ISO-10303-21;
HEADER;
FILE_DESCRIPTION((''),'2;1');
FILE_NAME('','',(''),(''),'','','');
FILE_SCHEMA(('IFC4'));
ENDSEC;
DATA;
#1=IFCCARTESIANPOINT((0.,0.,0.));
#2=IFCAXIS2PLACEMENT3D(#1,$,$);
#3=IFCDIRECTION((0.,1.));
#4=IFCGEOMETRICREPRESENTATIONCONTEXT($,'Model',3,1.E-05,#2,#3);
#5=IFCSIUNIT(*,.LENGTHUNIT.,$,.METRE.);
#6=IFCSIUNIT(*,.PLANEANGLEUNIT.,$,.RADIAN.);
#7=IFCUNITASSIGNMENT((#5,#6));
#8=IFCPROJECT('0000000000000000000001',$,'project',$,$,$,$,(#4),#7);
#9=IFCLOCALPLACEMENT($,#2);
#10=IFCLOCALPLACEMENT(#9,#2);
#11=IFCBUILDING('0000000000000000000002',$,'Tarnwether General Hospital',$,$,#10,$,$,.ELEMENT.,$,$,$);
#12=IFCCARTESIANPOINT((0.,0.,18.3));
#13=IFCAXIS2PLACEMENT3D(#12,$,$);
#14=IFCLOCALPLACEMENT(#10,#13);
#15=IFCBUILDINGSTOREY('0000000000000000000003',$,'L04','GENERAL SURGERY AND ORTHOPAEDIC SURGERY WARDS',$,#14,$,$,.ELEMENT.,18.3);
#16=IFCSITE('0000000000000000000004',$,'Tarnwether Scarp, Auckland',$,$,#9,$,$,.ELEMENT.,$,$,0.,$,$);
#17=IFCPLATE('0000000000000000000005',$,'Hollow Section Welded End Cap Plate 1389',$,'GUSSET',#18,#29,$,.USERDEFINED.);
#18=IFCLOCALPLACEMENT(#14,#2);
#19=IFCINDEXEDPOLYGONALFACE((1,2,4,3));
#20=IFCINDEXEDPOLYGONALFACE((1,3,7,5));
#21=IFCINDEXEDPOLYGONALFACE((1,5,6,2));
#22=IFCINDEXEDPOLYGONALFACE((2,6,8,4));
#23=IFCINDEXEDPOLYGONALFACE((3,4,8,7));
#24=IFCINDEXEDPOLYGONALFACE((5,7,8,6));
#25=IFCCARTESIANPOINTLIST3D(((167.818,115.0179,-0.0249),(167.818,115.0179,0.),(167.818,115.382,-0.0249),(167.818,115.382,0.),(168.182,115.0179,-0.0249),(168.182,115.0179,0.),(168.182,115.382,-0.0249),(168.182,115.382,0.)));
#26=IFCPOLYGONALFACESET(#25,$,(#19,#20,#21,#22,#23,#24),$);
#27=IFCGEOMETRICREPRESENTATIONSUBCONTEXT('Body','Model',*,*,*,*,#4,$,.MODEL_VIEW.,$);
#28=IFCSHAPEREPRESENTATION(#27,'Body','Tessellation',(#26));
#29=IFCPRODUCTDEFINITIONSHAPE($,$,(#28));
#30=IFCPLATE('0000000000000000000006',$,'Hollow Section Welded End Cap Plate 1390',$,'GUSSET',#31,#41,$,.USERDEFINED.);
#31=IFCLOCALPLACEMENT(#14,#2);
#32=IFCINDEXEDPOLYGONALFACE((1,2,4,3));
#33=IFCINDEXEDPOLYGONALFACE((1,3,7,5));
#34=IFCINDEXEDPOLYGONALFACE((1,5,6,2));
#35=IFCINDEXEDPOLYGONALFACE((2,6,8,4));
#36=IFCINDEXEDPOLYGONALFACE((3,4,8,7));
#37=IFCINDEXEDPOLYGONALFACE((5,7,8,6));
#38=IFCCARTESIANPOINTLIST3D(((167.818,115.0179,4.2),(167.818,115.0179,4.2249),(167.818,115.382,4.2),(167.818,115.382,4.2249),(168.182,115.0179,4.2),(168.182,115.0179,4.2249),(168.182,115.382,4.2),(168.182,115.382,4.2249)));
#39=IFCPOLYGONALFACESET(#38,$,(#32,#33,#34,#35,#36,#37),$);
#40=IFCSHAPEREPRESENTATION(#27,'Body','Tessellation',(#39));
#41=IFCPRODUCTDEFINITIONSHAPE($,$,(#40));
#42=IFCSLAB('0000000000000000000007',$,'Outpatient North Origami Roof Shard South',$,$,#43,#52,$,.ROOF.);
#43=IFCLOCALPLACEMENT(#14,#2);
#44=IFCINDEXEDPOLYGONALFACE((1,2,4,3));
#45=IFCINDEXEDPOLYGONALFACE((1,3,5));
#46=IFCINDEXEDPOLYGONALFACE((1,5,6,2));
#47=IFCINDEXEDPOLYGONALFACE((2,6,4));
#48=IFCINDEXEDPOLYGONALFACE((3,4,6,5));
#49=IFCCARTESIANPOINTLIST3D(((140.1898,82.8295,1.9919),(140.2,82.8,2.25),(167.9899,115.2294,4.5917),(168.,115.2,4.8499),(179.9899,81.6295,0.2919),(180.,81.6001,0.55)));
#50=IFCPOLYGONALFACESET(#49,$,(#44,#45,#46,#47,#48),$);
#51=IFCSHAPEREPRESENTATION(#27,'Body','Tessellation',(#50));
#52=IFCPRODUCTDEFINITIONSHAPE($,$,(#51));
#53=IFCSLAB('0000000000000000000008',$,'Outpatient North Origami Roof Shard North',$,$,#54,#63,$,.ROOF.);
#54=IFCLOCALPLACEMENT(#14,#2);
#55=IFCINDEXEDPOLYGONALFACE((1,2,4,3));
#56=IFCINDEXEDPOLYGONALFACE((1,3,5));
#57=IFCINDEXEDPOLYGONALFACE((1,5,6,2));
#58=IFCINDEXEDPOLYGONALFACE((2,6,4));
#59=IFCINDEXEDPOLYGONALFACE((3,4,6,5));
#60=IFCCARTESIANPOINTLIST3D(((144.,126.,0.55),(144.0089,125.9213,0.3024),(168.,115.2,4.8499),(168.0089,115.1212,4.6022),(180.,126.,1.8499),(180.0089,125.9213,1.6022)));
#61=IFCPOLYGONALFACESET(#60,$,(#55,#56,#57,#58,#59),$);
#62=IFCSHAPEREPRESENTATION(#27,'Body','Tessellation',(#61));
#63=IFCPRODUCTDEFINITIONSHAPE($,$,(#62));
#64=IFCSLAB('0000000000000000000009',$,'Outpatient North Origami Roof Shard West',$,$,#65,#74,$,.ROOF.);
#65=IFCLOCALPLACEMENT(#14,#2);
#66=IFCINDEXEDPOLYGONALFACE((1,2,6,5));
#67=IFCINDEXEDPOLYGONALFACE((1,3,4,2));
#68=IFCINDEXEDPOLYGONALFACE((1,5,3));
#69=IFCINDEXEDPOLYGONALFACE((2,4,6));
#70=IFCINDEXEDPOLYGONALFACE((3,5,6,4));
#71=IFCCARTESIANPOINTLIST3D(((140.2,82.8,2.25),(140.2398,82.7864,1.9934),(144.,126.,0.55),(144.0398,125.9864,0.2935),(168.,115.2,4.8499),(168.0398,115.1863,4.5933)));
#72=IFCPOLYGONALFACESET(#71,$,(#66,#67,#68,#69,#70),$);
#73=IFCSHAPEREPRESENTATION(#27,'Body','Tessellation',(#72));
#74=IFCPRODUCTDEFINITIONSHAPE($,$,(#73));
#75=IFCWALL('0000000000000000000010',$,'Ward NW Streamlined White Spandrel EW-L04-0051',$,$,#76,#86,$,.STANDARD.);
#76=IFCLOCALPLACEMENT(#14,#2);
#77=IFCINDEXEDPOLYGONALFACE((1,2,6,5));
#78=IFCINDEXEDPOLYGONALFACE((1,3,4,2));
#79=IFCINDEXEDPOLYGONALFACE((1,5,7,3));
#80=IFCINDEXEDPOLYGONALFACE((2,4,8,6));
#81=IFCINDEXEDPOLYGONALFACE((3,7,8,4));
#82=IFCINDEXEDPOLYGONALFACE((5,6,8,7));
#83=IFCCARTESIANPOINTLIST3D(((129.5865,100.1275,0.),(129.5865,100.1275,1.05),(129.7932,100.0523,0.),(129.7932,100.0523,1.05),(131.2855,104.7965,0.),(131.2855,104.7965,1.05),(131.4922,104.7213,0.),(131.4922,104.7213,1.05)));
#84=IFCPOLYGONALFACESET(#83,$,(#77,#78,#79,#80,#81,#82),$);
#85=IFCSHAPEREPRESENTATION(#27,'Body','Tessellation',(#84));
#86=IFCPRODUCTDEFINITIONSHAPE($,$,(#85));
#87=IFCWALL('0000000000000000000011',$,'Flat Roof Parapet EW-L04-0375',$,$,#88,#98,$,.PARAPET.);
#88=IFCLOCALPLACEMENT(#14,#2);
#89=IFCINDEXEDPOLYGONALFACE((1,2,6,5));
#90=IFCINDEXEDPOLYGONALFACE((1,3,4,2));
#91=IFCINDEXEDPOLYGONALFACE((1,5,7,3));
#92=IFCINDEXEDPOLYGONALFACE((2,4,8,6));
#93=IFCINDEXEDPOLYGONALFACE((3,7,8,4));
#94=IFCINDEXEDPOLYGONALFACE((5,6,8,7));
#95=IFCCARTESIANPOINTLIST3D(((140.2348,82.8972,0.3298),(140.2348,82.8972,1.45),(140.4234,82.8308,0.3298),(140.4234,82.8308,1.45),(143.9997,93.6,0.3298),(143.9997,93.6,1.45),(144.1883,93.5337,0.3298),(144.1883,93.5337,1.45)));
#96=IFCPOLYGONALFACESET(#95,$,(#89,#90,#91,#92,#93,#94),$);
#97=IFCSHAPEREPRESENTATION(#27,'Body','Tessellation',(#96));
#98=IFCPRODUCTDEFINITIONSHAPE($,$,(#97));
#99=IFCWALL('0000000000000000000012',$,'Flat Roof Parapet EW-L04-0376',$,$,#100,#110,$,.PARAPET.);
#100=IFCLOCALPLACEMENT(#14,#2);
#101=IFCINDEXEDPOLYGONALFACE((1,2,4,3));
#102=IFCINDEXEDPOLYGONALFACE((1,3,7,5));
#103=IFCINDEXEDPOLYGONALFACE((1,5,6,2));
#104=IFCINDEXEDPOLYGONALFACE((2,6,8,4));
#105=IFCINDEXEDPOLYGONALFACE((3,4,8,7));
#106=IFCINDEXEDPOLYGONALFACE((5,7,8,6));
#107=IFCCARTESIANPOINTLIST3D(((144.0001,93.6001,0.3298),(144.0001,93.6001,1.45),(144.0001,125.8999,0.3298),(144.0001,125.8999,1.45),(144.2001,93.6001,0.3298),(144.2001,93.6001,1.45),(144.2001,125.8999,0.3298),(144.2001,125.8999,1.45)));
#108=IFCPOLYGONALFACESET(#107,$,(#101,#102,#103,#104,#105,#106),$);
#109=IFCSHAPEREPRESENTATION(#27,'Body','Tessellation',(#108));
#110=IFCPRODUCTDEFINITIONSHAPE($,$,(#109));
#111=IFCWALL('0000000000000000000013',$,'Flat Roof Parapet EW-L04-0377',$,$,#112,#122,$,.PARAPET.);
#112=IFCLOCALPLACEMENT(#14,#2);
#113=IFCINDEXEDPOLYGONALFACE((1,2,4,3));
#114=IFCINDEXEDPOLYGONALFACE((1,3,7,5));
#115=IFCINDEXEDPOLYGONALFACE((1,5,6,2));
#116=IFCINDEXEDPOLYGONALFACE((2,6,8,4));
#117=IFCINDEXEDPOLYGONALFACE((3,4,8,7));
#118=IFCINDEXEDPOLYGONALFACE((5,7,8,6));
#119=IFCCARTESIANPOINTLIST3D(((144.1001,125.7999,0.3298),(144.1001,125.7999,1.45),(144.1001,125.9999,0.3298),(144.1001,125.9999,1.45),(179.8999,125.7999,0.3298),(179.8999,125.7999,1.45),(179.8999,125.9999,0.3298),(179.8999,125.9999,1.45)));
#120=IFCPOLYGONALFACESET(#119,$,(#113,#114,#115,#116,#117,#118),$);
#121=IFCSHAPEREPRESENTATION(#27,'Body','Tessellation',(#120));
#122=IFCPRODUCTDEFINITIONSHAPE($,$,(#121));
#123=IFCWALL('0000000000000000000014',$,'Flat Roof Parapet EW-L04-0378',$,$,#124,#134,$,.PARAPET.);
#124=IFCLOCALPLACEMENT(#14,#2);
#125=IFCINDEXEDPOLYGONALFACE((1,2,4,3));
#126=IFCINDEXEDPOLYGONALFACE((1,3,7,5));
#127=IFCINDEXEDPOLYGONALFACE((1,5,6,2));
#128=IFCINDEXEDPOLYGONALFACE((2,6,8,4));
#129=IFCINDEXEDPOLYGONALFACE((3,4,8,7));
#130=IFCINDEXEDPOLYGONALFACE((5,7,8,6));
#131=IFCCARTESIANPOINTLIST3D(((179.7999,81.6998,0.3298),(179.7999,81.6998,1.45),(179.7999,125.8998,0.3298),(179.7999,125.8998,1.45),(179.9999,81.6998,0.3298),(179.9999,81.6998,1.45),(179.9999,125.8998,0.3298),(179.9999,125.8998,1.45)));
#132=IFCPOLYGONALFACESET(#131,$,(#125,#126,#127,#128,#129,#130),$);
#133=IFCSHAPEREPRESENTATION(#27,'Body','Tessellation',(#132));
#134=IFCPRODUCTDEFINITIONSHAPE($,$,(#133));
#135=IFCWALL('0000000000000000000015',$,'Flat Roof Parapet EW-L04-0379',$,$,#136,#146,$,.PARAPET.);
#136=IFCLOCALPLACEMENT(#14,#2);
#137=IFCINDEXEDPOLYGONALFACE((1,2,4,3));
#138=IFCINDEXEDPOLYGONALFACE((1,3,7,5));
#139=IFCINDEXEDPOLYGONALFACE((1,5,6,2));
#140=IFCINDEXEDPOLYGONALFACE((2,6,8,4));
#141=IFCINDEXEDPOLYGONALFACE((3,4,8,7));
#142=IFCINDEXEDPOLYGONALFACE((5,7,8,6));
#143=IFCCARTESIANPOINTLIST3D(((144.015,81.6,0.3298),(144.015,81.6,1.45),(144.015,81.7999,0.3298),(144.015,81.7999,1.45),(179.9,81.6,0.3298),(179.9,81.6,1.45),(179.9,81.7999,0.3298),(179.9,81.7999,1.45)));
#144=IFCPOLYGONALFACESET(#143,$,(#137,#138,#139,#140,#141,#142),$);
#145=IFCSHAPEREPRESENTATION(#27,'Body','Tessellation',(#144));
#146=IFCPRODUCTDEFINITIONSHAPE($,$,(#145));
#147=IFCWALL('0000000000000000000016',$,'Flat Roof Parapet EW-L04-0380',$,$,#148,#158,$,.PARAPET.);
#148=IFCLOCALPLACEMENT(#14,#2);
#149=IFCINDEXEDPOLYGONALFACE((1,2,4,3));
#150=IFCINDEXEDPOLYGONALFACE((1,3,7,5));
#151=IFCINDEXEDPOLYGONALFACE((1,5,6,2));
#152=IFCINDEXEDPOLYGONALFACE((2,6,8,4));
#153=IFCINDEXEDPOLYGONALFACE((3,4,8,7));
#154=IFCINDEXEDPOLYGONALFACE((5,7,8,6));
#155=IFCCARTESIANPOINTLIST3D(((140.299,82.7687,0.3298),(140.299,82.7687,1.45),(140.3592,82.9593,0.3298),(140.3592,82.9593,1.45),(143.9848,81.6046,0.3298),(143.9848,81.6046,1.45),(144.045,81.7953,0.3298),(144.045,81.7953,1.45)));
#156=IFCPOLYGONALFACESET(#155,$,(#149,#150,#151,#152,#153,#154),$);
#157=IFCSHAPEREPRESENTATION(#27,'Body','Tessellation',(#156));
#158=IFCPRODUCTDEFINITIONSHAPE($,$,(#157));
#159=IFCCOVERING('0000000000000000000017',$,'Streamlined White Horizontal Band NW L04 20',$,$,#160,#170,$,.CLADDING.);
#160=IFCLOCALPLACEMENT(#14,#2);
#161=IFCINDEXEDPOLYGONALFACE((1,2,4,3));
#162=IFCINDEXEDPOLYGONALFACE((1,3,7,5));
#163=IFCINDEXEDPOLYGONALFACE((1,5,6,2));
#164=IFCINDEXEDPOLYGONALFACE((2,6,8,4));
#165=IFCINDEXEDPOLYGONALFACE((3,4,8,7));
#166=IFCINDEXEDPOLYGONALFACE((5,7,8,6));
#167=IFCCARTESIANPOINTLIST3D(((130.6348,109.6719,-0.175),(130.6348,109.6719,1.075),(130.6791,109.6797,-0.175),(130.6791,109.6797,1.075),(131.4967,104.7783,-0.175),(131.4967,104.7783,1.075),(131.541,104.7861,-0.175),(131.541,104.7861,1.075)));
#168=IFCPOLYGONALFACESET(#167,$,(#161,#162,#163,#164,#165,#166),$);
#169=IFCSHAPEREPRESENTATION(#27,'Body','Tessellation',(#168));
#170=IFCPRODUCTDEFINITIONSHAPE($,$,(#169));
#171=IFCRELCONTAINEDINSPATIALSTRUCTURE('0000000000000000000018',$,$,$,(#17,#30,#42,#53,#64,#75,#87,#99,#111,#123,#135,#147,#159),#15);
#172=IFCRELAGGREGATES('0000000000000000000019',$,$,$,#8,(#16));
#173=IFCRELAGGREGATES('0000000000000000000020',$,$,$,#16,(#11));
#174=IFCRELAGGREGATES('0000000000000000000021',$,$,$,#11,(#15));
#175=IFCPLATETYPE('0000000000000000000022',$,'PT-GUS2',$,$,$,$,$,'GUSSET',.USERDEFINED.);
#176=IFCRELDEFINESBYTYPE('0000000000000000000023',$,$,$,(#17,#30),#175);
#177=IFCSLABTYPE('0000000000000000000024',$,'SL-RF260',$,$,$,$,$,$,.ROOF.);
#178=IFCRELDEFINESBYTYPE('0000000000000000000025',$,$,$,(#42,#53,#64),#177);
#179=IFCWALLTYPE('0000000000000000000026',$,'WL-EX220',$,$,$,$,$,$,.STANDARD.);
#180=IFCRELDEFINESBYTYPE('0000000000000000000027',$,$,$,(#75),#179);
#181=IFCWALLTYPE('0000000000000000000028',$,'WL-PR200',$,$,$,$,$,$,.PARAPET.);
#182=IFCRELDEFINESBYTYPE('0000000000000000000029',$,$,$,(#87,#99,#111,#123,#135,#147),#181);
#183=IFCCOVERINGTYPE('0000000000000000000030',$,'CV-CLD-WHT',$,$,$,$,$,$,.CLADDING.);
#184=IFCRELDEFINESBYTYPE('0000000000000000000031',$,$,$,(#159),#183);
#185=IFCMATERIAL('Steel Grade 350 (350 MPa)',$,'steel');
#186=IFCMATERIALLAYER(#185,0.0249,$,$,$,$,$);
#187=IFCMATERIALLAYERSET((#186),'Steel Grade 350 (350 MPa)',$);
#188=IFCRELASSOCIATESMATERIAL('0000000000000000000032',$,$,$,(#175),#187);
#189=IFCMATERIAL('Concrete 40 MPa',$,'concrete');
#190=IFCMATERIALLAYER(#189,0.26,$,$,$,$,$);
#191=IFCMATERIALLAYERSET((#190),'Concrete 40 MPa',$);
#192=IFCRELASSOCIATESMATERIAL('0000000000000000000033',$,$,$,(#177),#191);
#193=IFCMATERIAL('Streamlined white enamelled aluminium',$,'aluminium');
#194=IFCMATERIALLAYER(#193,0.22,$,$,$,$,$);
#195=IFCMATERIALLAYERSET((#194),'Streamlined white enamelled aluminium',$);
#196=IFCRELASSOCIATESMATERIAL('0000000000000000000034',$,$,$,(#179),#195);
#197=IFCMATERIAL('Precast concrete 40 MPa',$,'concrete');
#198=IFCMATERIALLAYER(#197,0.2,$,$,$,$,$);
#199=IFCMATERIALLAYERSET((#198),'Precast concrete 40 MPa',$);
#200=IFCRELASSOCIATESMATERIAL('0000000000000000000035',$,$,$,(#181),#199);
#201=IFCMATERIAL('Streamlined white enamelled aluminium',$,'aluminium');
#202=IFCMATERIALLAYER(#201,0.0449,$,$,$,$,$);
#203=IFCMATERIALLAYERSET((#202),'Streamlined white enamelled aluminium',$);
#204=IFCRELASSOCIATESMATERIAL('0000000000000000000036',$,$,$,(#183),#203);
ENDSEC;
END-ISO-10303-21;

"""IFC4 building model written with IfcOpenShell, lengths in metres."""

from ifc_helpers import new_model, si_unit, direction, frame, frame_2d, origin, origin_2d, place, context, subcontext, project, spatial, polyline, rectangle, outline, extrude, material, layer, layer_set, type_object, element, save


model = new_model("IFC4")

# Units and contexts
model_context = context("Model", 3, precision=1e-05, world=origin(), true_north=direction((0.0, 1.0)))
body_context = subcontext(model_context, "Body", "Model", "MODEL_VIEW")
ifc_project = project(units=[si_unit("LENGTHUNIT", "METRE"), si_unit("PLANEANGLEUNIT", "RADIAN")], contexts=[model_context])

# Site, building, storey
site_placement = place(None, origin())
site = spatial("IfcSite", under=ifc_project, at=site_placement, Name="Tarnwether Scarp, Auckland", CompositionType="ELEMENT", RefElevation=0.0)
building_placement = place(site_placement, origin())
building = spatial("IfcBuilding", under=site, at=building_placement, Name="Tarnwether General Hospital", CompositionType="ELEMENT")
storey_placement = place(building_placement, frame((0.0, 0.0, 18.3)))
storey = spatial("IfcBuildingStorey", under=building, at=storey_placement, Name="L04", Description="GENERAL SURGERY AND ORTHOPAEDIC SURGERY WARDS", CompositionType="ELEMENT", Elevation=18.3)

# Plates
ifc_material_1 = material(Name="Steel Grade 350 (350 MPa)", Category="steel")
ifc_layer_1 = layer(ifc_material_1, 0.0249)
ifc_layer_set_1 = layer_set([ifc_layer_1], Name="Steel Grade 350 (350 MPa)")
plate_type_1 = type_object("IfcPlateType", Name="PT-GUS2", ElementType="GUSSET", PredefinedType="USERDEFINED", material=ifc_layer_set_1)
for number, where, z_axis, x_axis, name in (
    (1, (168.0, 115.2, -0.0249), (0.0, 0.0, 1.0), (1.0, 0.0, 0.0), "Hollow Section Welded End Cap Plate 1389"),
    (2, (168.0, 115.2, 4.2), (0.0, 0.0, 1.0), (1.0, 0.0, 0.0), "Hollow Section Welded End Cap Plate 1390"),
):
    element("IfcPlate", number, at=place(storey_placement, frame(where, z_axis=z_axis, x_axis=x_axis)), inside=storey, type_object=plate_type_1, Name=name, ObjectType="GUSSET", PredefinedType="USERDEFINED", context=body_context, shape_type="SweptSolid", body=[
        extrude(rectangle(XDim=0.364, YDim=0.364, at=origin_2d()), origin(), (0.0, 0.0, 1.0), 0.0249),
    ])

# Slabs
ifc_material_2 = material(Name="Concrete 40 MPa", Category="concrete")
ifc_layer_2 = layer(ifc_material_2, 0.26)
ifc_layer_set_2 = layer_set([ifc_layer_2], Name="Concrete 40 MPa")
slab_type = type_object("IfcSlabType", Name="SL-RF260", PredefinedType="ROOF", material=ifc_layer_set_2)
slab_1_placement = place(storey_placement, frame((140.2, 82.8, 2.25), z_axis=(0.038995, -0.113125, 0.992815), x_axis=(0.998636, -0.030108, -0.042654)))
element("IfcSlab", 3, at=slab_1_placement, inside=storey, type_object=slab_type, Name="Outpatient North Origami Roof Shard South", PredefinedType="ROOF", context=body_context, shape_type="SweptSolid", body=[
    extrude(outline(polyline([(0.0, 0.0), (39.8544, 0.0), (26.6757, 33.4329), (0.0, 0.0)])), origin(), (0.0, 0.0, -1.0), 0.26),
])
slab_2_placement = place(storey_placement, frame((180.0, 126.0, 1.8499), z_axis=(-0.034389, 0.302775, 0.952441), x_axis=(-0.999349, 0.0, -0.036082)))
element("IfcSlab", 4, at=slab_2_placement, inside=storey, type_object=slab_type, Name="Outpatient North Origami Roof Shard North", PredefinedType="ROOF", context=body_context, shape_type="SweptSolid", body=[
    extrude(outline(polyline([(0.0, 0.0), (36.0235, 0.0), (11.8839, 11.3319), (0.0, 0.0)])), origin(), (0.0, 0.0, -1.0), 0.26),
])
slab_3_placement = place(storey_placement, frame((144.0, 126.0, 0.55), z_axis=(-0.153253, 0.052312, 0.986801), x_axis=(-0.087559, -0.995389, 0.039169)))
element("IfcSlab", 5, at=slab_3_placement, inside=storey, type_object=slab_type, Name="Outpatient North Origami Roof Shard West", PredefinedType="ROOF", context=body_context, shape_type="SweptSolid", body=[
    extrude(outline(polyline([(0.0, 0.0), (43.4001, 0.0), (8.8173, 25.1671), (0.0, 0.0)])), origin(), (0.0, 0.0, -1.0), 0.26),
])

# Walls
ifc_material_3 = material(Name="Streamlined white enamelled aluminium", Category="aluminium")
ifc_layer_3 = layer(ifc_material_3, 0.22)
ifc_layer_set_3 = layer_set([ifc_layer_3], Name="Streamlined white enamelled aluminium")
wall_type_1 = type_object("IfcWallType", Name="WL-EX220", PredefinedType="STANDARD", material=ifc_layer_set_3)
wall_1_placement = place(storey_placement, frame((131.3889, 104.759, 0.0), z_axis=(0.0, 0.0, 1.0), x_axis=(-0.341952, -0.939717, 0.0)))
element("IfcWall", 6, at=wall_1_placement, inside=storey, type_object=wall_type_1, Name="Ward NW Streamlined White Spandrel EW-L04-0051", PredefinedType="STANDARD", context=body_context, shape_type="SweptSolid", body=[
    extrude(rectangle(XDim=4.9685, YDim=0.22, at=frame_2d((2.4844, 0.0))), origin(), (0.0, 0.0, 1.0), 1.05),
])
ifc_material_4 = material(Name="Precast concrete 40 MPa", Category="concrete")
ifc_layer_4 = layer(ifc_material_4, 0.2)
ifc_layer_set_4 = layer_set([ifc_layer_4], Name="Precast concrete 40 MPa")
wall_type_2 = type_object("IfcWallType", Name="WL-PR200", PredefinedType="PARAPET", material=ifc_layer_set_4)
wall_2_placement = place(storey_placement, frame((140.3291, 82.864, 0.3298), z_axis=(0.0, 0.0, 1.0), x_axis=(0.331833, 0.943338, 0.0)))
element("IfcWall", 7, at=wall_2_placement, inside=storey, type_object=wall_type_2, Name="Flat Roof Parapet EW-L04-0375", PredefinedType="PARAPET", context=body_context, shape_type="SweptSolid", body=[
    extrude(rectangle(XDim=11.3457, YDim=0.2, at=frame_2d((5.6729, 0.0))), origin(), (0.0, 0.0, 1.0), 1.1201),
])
wall_3_placement = place(storey_placement, frame((144.1001, 93.6001, 0.3298), z_axis=(0.0, 0.0, 1.0), x_axis=(0.0, 1.0, 0.0)))
element("IfcWall", 8, at=wall_3_placement, inside=storey, type_object=wall_type_2, Name="Flat Roof Parapet EW-L04-0376", PredefinedType="PARAPET", context=body_context, shape_type="SweptSolid", body=[
    extrude(rectangle(XDim=32.2998, YDim=0.2, at=frame_2d((16.1499, 0.0))), origin(), (0.0, 0.0, 1.0), 1.1201),
])
wall_4_placement = place(storey_placement, frame((144.1001, 125.8999, 0.3298), z_axis=(0.0, 0.0, 1.0), x_axis=(1.0, 0.0, 0.0)))
element("IfcWall", 9, at=wall_4_placement, inside=storey, type_object=wall_type_2, Name="Flat Roof Parapet EW-L04-0377", PredefinedType="PARAPET", context=body_context, shape_type="SweptSolid", body=[
    extrude(rectangle(XDim=35.7998, YDim=0.2, at=frame_2d((17.8999, 0.0))), origin(), (0.0, 0.0, 1.0), 1.1201),
])
wall_5_placement = place(storey_placement, frame((179.8999, 125.8999, 0.3298), z_axis=(0.0, 0.0, 1.0), x_axis=(0.0, -1.0, 0.0)))
element("IfcWall", 10, at=wall_5_placement, inside=storey, type_object=wall_type_2, Name="Flat Roof Parapet EW-L04-0378", PredefinedType="PARAPET", context=body_context, shape_type="SweptSolid", body=[
    extrude(rectangle(XDim=44.2, YDim=0.2, at=frame_2d((22.1001, 0.0))), origin(), (0.0, 0.0, 1.0), 1.1201),
])
wall_6_placement = place(storey_placement, frame((179.8999, 81.7, 0.3298), z_axis=(0.0, 0.0, 1.0), x_axis=(-1.0, 0.0, 0.0)))
element("IfcWall", 11, at=wall_6_placement, inside=storey, type_object=wall_type_2, Name="Flat Roof Parapet EW-L04-0379", PredefinedType="PARAPET", context=body_context, shape_type="SweptSolid", body=[
    extrude(rectangle(XDim=35.885, YDim=0.2, at=frame_2d((17.9424, 0.0))), origin(), (0.0, 0.0, 1.0), 1.1201),
])
wall_7_placement = place(storey_placement, frame((144.0149, 81.7, 0.3298), z_axis=(0.0, 0.0, 1.0), x_axis=(-0.953573, 0.301162, 0.0)))
element("IfcWall", 12, at=wall_7_placement, inside=storey, type_object=wall_type_2, Name="Flat Roof Parapet EW-L04-0380", PredefinedType="PARAPET", context=body_context, shape_type="SweptSolid", body=[
    extrude(rectangle(XDim=3.8652, YDim=0.2, at=frame_2d((1.9326, 0.0))), origin(), (0.0, 0.0, 1.0), 1.1201),
])

# Covering
ifc_material_5 = material(Name="Streamlined white enamelled aluminium", Category="aluminium")
ifc_layer_5 = layer(ifc_material_5, 0.0449)
ifc_layer_set_5 = layer_set([ifc_layer_5], Name="Streamlined white enamelled aluminium")
covering_type = type_object("IfcCoveringType", Name="CV-CLD-WHT", PredefinedType="CLADDING", material=ifc_layer_set_5)
covering_placement = place(storey_placement, frame((131.0879, 107.229, -0.175), z_axis=(0.0, 0.0, 1.0), x_axis=(0.173459, -0.984841, 0.0)))
element("IfcCovering", 13, at=covering_placement, inside=storey, type_object=covering_type, Name="Streamlined White Horizontal Band NW L04 20", PredefinedType="CLADDING", context=body_context, shape_type="SweptSolid", body=[
    extrude(rectangle(XDim=4.969, YDim=0.0449, at=origin_2d()), origin(), (0.0, 0.0, 1.0), 1.25),
])

save(model, "model.ifc")
